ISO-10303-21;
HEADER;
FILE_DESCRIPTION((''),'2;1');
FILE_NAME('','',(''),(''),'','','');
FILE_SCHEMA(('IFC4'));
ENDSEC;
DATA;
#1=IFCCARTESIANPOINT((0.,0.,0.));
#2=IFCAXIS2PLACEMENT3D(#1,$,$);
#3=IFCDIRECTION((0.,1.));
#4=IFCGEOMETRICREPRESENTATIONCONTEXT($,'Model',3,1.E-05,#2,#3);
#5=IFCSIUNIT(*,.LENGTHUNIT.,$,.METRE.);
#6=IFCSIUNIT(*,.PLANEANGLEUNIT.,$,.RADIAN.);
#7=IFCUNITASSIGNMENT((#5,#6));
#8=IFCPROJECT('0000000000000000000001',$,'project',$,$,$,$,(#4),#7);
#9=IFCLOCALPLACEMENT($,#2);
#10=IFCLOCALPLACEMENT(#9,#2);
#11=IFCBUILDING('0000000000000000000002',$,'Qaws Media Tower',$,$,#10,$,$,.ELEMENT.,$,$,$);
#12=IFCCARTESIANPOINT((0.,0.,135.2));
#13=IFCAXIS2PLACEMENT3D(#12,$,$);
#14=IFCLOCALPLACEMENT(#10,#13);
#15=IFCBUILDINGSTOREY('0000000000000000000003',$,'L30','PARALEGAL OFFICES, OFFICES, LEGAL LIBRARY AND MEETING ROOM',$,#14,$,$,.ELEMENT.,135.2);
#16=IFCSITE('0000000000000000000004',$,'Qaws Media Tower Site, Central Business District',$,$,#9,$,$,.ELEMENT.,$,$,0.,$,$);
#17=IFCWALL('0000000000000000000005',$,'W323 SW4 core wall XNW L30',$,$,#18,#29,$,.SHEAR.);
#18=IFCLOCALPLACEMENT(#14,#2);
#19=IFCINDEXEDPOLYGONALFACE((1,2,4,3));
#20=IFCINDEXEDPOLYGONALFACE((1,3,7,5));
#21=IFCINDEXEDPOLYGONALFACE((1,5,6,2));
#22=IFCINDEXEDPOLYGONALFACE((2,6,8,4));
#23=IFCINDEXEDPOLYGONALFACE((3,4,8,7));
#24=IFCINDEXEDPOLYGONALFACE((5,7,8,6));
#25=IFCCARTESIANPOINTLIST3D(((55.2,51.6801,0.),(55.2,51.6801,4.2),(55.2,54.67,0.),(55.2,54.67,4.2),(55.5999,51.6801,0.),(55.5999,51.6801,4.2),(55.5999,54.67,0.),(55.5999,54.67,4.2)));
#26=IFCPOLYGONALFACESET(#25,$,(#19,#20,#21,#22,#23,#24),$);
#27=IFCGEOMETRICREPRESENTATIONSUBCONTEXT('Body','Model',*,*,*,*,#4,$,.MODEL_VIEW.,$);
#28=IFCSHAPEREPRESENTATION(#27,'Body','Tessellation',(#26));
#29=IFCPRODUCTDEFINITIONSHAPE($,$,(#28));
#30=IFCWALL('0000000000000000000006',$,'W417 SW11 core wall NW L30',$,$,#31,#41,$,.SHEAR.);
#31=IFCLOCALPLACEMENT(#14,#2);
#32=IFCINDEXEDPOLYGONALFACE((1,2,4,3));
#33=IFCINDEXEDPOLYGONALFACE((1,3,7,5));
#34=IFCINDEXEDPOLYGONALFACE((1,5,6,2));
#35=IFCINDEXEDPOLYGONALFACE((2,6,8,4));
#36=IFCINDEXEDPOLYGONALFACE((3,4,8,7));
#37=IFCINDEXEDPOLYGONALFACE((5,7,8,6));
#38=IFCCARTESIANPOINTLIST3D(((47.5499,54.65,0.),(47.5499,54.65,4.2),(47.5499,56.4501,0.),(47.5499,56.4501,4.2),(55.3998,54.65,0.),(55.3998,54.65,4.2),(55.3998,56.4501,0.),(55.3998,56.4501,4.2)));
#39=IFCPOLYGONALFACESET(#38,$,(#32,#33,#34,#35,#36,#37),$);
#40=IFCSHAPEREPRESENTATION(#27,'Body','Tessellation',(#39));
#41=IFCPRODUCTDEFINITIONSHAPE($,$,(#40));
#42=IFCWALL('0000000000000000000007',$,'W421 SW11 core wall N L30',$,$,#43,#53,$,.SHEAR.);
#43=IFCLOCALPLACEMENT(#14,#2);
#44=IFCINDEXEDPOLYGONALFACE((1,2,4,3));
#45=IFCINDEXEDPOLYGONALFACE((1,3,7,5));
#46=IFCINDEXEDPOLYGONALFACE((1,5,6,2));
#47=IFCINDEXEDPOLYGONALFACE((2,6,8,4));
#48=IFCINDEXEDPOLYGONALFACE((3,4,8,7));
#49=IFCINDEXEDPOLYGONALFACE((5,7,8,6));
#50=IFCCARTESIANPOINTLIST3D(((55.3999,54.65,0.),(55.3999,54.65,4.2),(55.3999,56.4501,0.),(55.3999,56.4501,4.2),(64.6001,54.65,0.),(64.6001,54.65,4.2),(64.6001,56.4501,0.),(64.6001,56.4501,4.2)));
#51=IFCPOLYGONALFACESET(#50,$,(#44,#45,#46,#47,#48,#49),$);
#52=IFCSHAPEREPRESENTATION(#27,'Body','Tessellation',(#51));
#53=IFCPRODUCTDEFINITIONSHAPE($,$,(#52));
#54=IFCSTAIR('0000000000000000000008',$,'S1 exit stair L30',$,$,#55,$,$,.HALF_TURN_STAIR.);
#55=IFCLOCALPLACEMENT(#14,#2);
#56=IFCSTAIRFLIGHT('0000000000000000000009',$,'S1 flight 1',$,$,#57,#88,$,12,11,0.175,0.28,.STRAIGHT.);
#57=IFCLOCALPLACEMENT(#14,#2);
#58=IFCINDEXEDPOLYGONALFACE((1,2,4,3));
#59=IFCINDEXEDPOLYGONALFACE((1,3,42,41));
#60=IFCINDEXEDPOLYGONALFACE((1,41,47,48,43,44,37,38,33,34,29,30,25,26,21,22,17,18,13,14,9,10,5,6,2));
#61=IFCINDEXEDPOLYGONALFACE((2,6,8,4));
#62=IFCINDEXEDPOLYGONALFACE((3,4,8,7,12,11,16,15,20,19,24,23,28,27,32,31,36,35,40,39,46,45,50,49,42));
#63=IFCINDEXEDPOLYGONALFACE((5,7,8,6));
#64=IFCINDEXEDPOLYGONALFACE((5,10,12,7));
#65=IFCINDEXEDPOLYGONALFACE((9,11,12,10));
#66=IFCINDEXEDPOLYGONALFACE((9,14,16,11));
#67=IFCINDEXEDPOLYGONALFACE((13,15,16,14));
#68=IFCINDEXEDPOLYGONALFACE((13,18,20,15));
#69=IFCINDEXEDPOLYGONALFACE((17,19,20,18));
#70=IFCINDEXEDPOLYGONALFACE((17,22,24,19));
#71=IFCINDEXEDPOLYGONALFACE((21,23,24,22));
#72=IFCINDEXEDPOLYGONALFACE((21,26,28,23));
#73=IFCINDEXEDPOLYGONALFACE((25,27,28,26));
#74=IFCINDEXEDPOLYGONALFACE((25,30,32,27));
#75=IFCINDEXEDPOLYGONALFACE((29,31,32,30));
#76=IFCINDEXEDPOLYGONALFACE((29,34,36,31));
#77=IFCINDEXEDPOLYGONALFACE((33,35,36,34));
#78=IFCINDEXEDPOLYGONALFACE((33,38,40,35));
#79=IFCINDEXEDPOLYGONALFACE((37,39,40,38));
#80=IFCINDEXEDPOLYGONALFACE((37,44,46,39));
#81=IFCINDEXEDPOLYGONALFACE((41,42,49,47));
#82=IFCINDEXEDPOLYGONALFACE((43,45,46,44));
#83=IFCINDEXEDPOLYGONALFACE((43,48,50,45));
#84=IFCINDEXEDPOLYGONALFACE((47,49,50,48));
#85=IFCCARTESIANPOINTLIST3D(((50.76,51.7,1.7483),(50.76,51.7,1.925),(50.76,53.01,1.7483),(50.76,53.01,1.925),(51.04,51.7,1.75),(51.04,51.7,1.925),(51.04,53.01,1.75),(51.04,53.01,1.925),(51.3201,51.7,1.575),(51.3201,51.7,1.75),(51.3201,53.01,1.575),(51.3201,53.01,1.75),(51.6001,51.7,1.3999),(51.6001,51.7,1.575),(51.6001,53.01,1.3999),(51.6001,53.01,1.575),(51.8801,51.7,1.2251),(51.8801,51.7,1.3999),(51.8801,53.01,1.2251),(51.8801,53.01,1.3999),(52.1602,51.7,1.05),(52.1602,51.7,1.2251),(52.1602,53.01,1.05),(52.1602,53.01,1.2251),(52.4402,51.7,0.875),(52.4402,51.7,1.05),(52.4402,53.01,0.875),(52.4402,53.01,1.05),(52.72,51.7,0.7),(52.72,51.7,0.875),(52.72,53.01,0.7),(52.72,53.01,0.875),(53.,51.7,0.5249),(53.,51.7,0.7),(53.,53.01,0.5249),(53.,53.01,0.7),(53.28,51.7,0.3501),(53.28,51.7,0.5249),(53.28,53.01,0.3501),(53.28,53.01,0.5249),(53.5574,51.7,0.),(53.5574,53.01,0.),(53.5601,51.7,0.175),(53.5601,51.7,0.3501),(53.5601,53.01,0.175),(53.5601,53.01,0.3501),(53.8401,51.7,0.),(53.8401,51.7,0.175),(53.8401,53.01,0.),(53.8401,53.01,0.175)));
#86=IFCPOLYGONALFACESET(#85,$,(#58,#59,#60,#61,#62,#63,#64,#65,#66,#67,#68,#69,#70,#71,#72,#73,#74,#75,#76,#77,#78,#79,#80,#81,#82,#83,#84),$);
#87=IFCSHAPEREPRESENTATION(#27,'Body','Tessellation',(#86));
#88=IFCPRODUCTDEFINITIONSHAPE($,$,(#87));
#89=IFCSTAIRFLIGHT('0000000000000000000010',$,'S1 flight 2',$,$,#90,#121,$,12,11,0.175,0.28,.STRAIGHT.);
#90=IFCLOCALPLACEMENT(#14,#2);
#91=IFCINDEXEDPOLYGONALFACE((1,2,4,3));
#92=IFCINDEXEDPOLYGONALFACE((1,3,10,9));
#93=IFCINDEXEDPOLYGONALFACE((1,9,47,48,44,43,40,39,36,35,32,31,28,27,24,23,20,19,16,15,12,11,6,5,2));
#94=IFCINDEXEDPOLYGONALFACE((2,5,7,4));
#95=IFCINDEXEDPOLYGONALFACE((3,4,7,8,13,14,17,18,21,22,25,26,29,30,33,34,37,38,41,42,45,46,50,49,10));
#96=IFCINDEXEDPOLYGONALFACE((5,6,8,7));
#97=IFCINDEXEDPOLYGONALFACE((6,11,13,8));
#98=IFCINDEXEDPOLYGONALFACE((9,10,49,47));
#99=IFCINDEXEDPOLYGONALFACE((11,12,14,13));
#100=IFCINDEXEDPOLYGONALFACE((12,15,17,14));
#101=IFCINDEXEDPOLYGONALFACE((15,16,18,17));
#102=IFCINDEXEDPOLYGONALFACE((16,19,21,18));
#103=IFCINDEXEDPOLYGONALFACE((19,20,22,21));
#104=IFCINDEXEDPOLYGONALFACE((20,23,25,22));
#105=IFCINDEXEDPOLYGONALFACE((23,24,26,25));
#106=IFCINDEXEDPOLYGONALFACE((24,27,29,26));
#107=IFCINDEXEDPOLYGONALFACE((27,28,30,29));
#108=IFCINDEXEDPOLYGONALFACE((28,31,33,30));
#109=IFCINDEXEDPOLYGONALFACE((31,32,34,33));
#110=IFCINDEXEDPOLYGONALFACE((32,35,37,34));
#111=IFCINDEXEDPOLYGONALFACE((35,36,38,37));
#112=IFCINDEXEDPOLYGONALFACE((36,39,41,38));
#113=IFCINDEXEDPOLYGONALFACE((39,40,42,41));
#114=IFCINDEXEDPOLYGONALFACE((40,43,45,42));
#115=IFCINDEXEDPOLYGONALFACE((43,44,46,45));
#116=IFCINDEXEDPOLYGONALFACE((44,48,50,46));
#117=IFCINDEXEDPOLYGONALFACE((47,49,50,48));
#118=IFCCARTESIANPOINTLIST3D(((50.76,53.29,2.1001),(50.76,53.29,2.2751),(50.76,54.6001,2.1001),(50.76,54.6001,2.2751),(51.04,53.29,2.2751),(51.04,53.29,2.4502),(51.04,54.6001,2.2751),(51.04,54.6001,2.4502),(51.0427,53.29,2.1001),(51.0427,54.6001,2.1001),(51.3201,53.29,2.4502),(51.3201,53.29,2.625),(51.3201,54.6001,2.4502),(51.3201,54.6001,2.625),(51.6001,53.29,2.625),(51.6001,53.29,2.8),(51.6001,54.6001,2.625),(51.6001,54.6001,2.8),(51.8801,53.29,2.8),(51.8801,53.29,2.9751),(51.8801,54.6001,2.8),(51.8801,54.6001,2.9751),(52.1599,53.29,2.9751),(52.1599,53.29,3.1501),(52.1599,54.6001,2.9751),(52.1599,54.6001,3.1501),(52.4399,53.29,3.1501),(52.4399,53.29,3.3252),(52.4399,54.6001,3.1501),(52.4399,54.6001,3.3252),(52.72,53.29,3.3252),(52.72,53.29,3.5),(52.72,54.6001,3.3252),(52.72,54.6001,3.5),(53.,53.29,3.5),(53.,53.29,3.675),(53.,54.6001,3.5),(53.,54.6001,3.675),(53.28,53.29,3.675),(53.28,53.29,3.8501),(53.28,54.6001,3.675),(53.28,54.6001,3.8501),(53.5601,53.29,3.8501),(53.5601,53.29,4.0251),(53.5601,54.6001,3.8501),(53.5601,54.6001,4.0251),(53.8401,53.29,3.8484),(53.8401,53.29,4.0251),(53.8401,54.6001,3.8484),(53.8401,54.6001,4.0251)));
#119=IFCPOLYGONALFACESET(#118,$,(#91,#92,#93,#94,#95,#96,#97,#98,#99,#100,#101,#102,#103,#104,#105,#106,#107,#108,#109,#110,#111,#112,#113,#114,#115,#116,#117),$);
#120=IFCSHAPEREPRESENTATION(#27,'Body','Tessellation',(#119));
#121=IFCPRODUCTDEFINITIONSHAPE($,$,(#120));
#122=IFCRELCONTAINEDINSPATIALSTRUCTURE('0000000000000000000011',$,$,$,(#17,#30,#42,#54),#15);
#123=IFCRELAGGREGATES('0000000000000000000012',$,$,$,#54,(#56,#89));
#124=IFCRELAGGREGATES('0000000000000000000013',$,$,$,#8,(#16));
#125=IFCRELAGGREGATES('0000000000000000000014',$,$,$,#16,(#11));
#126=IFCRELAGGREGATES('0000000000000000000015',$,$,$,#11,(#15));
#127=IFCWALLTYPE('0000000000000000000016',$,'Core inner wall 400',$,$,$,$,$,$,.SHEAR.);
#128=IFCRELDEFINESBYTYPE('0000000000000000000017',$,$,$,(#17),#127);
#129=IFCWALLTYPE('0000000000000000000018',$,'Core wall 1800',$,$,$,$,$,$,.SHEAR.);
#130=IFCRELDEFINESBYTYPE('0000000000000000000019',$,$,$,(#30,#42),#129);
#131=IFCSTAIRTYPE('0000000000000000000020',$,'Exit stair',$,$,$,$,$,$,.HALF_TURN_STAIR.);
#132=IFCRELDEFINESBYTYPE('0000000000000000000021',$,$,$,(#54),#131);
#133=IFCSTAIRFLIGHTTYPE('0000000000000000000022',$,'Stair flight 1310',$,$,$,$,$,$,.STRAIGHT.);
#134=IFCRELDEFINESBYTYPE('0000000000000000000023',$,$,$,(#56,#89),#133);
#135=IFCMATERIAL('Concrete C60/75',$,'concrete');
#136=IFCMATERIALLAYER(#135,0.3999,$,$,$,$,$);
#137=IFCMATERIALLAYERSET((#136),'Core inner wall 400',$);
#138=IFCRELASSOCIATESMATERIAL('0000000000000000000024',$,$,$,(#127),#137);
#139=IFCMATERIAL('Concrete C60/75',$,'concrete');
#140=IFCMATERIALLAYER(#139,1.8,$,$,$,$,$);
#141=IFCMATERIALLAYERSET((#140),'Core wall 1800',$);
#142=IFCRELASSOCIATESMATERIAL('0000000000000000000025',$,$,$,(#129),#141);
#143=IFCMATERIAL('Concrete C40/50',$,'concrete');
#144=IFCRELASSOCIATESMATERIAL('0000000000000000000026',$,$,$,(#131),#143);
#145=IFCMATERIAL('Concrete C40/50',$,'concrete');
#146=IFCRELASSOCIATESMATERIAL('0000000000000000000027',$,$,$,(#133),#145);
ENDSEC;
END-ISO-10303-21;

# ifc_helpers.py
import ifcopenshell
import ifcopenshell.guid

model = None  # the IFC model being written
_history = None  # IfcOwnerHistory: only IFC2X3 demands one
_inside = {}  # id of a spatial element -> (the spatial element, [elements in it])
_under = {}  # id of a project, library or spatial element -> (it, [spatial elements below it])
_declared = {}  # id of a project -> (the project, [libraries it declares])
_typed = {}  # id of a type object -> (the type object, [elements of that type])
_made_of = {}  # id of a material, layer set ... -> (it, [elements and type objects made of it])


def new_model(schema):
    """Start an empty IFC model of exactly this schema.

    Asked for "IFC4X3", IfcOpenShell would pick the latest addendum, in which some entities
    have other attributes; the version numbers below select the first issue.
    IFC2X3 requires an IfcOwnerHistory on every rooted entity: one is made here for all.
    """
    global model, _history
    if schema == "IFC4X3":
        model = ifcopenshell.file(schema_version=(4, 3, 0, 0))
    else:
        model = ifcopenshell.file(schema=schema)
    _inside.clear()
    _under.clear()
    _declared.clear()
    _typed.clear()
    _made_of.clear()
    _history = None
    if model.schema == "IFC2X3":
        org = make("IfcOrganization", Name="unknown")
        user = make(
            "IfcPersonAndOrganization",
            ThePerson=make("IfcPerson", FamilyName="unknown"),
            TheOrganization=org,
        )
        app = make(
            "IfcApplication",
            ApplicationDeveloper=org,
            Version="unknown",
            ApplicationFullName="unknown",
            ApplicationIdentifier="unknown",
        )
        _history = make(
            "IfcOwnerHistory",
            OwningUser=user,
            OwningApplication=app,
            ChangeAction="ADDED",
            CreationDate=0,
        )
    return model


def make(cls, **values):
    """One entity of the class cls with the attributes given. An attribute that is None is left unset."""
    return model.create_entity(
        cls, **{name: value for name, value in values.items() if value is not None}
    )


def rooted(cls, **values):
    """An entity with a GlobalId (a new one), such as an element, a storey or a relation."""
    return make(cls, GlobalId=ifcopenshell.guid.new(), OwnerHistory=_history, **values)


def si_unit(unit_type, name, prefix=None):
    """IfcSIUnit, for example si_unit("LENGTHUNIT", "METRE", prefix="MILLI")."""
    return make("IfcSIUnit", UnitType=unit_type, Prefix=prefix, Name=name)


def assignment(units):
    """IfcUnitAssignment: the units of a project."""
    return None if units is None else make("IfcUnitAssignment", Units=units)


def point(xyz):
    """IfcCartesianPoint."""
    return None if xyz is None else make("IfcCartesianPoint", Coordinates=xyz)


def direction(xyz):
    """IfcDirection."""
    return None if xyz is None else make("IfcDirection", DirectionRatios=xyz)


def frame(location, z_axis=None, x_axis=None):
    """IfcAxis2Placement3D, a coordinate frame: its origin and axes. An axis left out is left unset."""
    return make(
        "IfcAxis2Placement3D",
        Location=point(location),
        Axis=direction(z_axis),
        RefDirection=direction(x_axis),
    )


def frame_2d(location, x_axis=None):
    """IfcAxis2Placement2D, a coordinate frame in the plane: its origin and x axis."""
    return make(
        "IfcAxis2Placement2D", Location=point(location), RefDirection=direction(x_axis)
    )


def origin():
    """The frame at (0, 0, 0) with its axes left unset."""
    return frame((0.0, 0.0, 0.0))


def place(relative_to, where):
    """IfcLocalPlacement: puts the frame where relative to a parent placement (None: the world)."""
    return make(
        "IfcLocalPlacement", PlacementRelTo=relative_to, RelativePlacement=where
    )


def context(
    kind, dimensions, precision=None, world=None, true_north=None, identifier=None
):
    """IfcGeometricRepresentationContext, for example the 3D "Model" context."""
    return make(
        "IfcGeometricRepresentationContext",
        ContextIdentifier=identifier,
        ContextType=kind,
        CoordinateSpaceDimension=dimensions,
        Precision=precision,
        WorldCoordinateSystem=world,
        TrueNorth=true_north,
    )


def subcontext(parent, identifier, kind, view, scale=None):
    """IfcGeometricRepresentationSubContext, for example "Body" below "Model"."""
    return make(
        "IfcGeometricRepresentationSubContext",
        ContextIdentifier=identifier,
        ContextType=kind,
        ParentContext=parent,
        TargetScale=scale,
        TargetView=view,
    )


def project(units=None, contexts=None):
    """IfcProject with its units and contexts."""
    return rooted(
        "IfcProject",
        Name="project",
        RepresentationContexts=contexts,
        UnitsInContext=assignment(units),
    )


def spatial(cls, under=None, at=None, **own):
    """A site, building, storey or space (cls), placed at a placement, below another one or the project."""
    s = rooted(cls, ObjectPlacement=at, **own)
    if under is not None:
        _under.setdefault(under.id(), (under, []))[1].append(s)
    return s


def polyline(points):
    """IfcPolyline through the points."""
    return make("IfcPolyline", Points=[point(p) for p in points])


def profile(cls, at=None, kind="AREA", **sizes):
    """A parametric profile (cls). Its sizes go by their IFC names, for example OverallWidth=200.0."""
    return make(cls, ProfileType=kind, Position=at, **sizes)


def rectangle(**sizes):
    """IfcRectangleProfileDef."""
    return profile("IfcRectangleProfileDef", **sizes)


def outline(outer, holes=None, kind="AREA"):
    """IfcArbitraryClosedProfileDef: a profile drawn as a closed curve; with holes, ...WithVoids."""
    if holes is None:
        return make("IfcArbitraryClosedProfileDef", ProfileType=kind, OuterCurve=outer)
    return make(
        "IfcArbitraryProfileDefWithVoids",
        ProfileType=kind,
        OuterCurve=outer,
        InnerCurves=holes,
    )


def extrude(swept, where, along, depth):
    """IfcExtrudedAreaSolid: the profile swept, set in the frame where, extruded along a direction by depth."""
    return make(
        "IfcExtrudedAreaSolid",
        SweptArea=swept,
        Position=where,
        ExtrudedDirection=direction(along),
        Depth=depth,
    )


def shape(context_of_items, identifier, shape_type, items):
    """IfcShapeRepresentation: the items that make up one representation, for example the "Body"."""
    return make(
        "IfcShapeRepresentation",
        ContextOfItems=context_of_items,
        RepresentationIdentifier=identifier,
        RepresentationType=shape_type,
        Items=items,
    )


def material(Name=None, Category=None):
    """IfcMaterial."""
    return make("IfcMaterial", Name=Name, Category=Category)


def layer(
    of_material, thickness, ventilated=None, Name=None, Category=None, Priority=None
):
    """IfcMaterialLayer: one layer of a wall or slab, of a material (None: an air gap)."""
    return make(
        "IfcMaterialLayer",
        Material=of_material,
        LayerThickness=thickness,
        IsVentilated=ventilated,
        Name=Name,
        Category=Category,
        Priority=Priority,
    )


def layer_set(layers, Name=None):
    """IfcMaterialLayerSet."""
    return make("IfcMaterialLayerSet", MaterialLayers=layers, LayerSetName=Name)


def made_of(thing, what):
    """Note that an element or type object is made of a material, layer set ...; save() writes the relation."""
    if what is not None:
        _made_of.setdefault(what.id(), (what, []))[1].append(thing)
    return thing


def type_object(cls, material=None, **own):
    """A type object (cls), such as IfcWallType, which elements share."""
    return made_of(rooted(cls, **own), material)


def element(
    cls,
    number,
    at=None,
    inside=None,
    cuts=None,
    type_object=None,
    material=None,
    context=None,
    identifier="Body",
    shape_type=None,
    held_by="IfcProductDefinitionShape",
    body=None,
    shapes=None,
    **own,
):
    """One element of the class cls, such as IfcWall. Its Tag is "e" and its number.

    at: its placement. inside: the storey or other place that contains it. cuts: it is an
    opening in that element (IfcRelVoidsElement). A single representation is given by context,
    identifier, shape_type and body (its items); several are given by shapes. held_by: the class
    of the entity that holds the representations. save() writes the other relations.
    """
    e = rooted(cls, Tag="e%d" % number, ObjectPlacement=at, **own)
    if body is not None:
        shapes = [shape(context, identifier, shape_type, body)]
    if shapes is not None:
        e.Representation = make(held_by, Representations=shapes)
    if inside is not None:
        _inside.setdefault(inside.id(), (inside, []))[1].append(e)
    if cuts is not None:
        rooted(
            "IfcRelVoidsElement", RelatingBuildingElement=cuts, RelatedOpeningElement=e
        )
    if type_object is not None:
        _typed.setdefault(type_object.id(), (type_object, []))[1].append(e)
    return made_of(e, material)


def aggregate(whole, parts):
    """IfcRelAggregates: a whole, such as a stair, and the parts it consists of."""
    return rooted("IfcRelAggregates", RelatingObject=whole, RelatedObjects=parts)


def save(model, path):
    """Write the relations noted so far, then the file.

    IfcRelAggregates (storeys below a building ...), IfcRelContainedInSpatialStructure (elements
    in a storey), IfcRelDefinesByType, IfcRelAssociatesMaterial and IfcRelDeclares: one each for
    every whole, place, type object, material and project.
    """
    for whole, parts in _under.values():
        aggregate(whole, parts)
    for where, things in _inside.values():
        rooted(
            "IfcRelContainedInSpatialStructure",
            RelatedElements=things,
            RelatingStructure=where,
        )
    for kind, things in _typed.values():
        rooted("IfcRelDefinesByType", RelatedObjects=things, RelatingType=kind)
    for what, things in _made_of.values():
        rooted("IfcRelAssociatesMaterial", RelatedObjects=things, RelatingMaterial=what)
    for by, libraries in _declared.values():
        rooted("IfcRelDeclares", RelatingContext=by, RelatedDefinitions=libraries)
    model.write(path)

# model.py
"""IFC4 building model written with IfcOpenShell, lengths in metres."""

from ifc_helpers import new_model, si_unit, direction, frame, frame_2d, origin, place, context, subcontext, project, spatial, polyline, rectangle, outline, extrude, material, layer, layer_set, type_object, element, aggregate, save


model = new_model("IFC4")

# Units and contexts
model_context = context("Model", 3, precision=1e-05, world=origin(), true_north=direction((0.0, 1.0)))
body_context = subcontext(model_context, "Body", "Model", "MODEL_VIEW")
ifc_project = project(units=[si_unit("LENGTHUNIT", "METRE"), si_unit("PLANEANGLEUNIT", "RADIAN")], contexts=[model_context])

# Site, building, storey
site_placement = place(None, origin())
site = spatial("IfcSite", under=ifc_project, at=site_placement, Name="Qaws Media Tower Site, Central Business District", CompositionType="ELEMENT", RefElevation=0.0)
building_placement = place(site_placement, origin())
building = spatial("IfcBuilding", under=site, at=building_placement, Name="Qaws Media Tower", CompositionType="ELEMENT")
storey_placement = place(building_placement, frame((0.0, 0.0, 135.2)))
storey = spatial("IfcBuildingStorey", under=building, at=storey_placement, Name="L30", Description="PARALEGAL OFFICES, OFFICES, LEGAL LIBRARY AND MEETING ROOM", CompositionType="ELEMENT", Elevation=135.2)

# Walls
ifc_material_1 = material(Name="Concrete C60/75", Category="concrete")
ifc_layer_1 = layer(ifc_material_1, 0.3999)
ifc_layer_set_1 = layer_set([ifc_layer_1], Name="Core inner wall 400")
wall_type_1 = type_object("IfcWallType", Name="Core inner wall 400", PredefinedType="SHEAR", material=ifc_layer_set_1)
wall_1_placement = place(storey_placement, frame((55.3999, 51.6799, 0.0), z_axis=(0.0, 0.0, 1.0), x_axis=(0.0, 1.0, 0.0)))
element("IfcWall", 1, at=wall_1_placement, inside=storey, type_object=wall_type_1, Name="W323 SW4 core wall XNW L30", PredefinedType="SHEAR", context=body_context, shape_type="SweptSolid", body=[
    extrude(rectangle(XDim=2.99, YDim=0.3999, at=frame_2d((1.4951, 0.0))), origin(), (0.0, 0.0, 1.0), 4.2),
])
ifc_material_2 = material(Name="Concrete C60/75", Category="concrete")
ifc_layer_2 = layer(ifc_material_2, 1.8)
ifc_layer_set_2 = layer_set([ifc_layer_2], Name="Core wall 1800")
wall_type_2 = type_object("IfcWallType", Name="Core wall 1800", PredefinedType="SHEAR", material=ifc_layer_set_2)
wall_2_placement = place(storey_placement, frame((47.55, 55.55, 0.0), z_axis=(0.0, 0.0, 1.0), x_axis=(1.0, 0.0, 0.0)))
element("IfcWall", 2, at=wall_2_placement, inside=storey, type_object=wall_type_2, Name="W417 SW11 core wall NW L30", PredefinedType="SHEAR", context=body_context, shape_type="SweptSolid", body=[
    extrude(rectangle(XDim=7.8499, YDim=1.8, at=frame_2d((3.9248, 0.0))), origin(), (0.0, 0.0, 1.0), 4.2),
])
wall_3_placement = place(storey_placement, frame((55.3999, 55.55, 0.0), z_axis=(0.0, 0.0, 1.0), x_axis=(1.0, 0.0, 0.0)))
element("IfcWall", 3, at=wall_3_placement, inside=storey, type_object=wall_type_2, Name="W421 SW11 core wall N L30", PredefinedType="SHEAR", context=body_context, shape_type="SweptSolid", body=[
    extrude(rectangle(XDim=9.2002, YDim=1.8, at=frame_2d((4.6001, 0.0))), origin(), (0.0, 0.0, 1.0), 4.2),
])

# Stair, stair flights
ifc_material_3 = material(Name="Concrete C40/50", Category="concrete")
stair_type = type_object("IfcStairType", Name="Exit stair", PredefinedType="HALF_TURN_STAIR", material=ifc_material_3)
stair_placement = place(storey_placement, origin())
stair = element("IfcStair", 4, at=stair_placement, inside=storey, type_object=stair_type, Name="S1 exit stair L30", PredefinedType="HALF_TURN_STAIR")
ifc_material_4 = material(Name="Concrete C40/50", Category="concrete")
stair_flight_type = type_object("IfcStairFlightType", Name="Stair flight 1310", PredefinedType="STRAIGHT", material=ifc_material_4)
stair_flight_1_placement = place(storey_placement, frame((53.8401, 52.355, 0.0), z_axis=(0.0, 0.0, 1.0), x_axis=(-1.0, 0.0, 0.0)))
stair_flight_1 = element("IfcStairFlight", 5, at=stair_flight_1_placement, type_object=stair_flight_type, Name="S1 flight 1", NumberOfRisers=12, NumberOfTreads=11, PredefinedType="STRAIGHT", RiserHeight=0.175, TreadLength=0.28, context=body_context, shape_type="SweptSolid", body=[
    extrude(outline(polyline([(0.0, 0.0), (0.0, 0.175), (0.28, 0.175), (0.28, 0.3501), (0.5601, 0.3501), (0.5601, 0.5249), (0.8401, 0.5249), (0.8401, 0.7), (1.1201, 0.7), (1.1201, 0.875), (1.3999, 0.875), (1.3999, 1.05), (1.6799, 1.05), (1.6799, 1.2251), (1.96, 1.2251), (1.96, 1.3999), (2.24, 1.3999), (2.24, 1.575), (2.52, 1.575), (2.52, 1.75), (2.8, 1.75), (2.8, 1.925), (3.0801, 1.925), (3.0801, 2.1001), (3.0801, 1.7483), (0.2827, 0.0), (0.0, 0.0)])), frame((0.0, 0.655, 0.0), z_axis=(0.0, -1.0, 0.0), x_axis=(1.0, 0.0, 0.0)), (0.0, 0.0, 1.0), 1.3101),
])
stair_flight_2_placement = place(storey_placement, frame((50.76, 53.9451, 2.1001), z_axis=(0.0, 0.0, 1.0), x_axis=(1.0, 0.0, 0.0)))
stair_flight_2 = element("IfcStairFlight", 6, at=stair_flight_2_placement, type_object=stair_flight_type, Name="S1 flight 2", NumberOfRisers=12, NumberOfTreads=11, PredefinedType="STRAIGHT", RiserHeight=0.175, TreadLength=0.28, context=body_context, shape_type="SweptSolid", body=[
    extrude(outline(polyline([(0.0, 0.0), (0.0, 0.175), (0.28, 0.175), (0.28, 0.3501), (0.5601, 0.3501), (0.5601, 0.5249), (0.8401, 0.5249), (0.8401, 0.7), (1.1201, 0.7), (1.1201, 0.875), (1.3999, 0.875), (1.3999, 1.05), (1.6799, 1.05), (1.6799, 1.2251), (1.96, 1.2251), (1.96, 1.3999), (2.24, 1.3999), (2.24, 1.575), (2.52, 1.575), (2.52, 1.75), (2.8, 1.75), (2.8, 1.925), (3.0801, 1.925), (3.0801, 2.1001), (3.0801, 1.7483), (0.2827, 0.0), (0.0, 0.0)])), frame((0.0, 0.655, 0.0), z_axis=(0.0, -1.0, 0.0), x_axis=(1.0, 0.0, 0.0)), (0.0, 0.0, 1.0), 1.3101),
])
aggregate(stair, [stair_flight_1, stair_flight_2])

save(model, "model.ifc")
